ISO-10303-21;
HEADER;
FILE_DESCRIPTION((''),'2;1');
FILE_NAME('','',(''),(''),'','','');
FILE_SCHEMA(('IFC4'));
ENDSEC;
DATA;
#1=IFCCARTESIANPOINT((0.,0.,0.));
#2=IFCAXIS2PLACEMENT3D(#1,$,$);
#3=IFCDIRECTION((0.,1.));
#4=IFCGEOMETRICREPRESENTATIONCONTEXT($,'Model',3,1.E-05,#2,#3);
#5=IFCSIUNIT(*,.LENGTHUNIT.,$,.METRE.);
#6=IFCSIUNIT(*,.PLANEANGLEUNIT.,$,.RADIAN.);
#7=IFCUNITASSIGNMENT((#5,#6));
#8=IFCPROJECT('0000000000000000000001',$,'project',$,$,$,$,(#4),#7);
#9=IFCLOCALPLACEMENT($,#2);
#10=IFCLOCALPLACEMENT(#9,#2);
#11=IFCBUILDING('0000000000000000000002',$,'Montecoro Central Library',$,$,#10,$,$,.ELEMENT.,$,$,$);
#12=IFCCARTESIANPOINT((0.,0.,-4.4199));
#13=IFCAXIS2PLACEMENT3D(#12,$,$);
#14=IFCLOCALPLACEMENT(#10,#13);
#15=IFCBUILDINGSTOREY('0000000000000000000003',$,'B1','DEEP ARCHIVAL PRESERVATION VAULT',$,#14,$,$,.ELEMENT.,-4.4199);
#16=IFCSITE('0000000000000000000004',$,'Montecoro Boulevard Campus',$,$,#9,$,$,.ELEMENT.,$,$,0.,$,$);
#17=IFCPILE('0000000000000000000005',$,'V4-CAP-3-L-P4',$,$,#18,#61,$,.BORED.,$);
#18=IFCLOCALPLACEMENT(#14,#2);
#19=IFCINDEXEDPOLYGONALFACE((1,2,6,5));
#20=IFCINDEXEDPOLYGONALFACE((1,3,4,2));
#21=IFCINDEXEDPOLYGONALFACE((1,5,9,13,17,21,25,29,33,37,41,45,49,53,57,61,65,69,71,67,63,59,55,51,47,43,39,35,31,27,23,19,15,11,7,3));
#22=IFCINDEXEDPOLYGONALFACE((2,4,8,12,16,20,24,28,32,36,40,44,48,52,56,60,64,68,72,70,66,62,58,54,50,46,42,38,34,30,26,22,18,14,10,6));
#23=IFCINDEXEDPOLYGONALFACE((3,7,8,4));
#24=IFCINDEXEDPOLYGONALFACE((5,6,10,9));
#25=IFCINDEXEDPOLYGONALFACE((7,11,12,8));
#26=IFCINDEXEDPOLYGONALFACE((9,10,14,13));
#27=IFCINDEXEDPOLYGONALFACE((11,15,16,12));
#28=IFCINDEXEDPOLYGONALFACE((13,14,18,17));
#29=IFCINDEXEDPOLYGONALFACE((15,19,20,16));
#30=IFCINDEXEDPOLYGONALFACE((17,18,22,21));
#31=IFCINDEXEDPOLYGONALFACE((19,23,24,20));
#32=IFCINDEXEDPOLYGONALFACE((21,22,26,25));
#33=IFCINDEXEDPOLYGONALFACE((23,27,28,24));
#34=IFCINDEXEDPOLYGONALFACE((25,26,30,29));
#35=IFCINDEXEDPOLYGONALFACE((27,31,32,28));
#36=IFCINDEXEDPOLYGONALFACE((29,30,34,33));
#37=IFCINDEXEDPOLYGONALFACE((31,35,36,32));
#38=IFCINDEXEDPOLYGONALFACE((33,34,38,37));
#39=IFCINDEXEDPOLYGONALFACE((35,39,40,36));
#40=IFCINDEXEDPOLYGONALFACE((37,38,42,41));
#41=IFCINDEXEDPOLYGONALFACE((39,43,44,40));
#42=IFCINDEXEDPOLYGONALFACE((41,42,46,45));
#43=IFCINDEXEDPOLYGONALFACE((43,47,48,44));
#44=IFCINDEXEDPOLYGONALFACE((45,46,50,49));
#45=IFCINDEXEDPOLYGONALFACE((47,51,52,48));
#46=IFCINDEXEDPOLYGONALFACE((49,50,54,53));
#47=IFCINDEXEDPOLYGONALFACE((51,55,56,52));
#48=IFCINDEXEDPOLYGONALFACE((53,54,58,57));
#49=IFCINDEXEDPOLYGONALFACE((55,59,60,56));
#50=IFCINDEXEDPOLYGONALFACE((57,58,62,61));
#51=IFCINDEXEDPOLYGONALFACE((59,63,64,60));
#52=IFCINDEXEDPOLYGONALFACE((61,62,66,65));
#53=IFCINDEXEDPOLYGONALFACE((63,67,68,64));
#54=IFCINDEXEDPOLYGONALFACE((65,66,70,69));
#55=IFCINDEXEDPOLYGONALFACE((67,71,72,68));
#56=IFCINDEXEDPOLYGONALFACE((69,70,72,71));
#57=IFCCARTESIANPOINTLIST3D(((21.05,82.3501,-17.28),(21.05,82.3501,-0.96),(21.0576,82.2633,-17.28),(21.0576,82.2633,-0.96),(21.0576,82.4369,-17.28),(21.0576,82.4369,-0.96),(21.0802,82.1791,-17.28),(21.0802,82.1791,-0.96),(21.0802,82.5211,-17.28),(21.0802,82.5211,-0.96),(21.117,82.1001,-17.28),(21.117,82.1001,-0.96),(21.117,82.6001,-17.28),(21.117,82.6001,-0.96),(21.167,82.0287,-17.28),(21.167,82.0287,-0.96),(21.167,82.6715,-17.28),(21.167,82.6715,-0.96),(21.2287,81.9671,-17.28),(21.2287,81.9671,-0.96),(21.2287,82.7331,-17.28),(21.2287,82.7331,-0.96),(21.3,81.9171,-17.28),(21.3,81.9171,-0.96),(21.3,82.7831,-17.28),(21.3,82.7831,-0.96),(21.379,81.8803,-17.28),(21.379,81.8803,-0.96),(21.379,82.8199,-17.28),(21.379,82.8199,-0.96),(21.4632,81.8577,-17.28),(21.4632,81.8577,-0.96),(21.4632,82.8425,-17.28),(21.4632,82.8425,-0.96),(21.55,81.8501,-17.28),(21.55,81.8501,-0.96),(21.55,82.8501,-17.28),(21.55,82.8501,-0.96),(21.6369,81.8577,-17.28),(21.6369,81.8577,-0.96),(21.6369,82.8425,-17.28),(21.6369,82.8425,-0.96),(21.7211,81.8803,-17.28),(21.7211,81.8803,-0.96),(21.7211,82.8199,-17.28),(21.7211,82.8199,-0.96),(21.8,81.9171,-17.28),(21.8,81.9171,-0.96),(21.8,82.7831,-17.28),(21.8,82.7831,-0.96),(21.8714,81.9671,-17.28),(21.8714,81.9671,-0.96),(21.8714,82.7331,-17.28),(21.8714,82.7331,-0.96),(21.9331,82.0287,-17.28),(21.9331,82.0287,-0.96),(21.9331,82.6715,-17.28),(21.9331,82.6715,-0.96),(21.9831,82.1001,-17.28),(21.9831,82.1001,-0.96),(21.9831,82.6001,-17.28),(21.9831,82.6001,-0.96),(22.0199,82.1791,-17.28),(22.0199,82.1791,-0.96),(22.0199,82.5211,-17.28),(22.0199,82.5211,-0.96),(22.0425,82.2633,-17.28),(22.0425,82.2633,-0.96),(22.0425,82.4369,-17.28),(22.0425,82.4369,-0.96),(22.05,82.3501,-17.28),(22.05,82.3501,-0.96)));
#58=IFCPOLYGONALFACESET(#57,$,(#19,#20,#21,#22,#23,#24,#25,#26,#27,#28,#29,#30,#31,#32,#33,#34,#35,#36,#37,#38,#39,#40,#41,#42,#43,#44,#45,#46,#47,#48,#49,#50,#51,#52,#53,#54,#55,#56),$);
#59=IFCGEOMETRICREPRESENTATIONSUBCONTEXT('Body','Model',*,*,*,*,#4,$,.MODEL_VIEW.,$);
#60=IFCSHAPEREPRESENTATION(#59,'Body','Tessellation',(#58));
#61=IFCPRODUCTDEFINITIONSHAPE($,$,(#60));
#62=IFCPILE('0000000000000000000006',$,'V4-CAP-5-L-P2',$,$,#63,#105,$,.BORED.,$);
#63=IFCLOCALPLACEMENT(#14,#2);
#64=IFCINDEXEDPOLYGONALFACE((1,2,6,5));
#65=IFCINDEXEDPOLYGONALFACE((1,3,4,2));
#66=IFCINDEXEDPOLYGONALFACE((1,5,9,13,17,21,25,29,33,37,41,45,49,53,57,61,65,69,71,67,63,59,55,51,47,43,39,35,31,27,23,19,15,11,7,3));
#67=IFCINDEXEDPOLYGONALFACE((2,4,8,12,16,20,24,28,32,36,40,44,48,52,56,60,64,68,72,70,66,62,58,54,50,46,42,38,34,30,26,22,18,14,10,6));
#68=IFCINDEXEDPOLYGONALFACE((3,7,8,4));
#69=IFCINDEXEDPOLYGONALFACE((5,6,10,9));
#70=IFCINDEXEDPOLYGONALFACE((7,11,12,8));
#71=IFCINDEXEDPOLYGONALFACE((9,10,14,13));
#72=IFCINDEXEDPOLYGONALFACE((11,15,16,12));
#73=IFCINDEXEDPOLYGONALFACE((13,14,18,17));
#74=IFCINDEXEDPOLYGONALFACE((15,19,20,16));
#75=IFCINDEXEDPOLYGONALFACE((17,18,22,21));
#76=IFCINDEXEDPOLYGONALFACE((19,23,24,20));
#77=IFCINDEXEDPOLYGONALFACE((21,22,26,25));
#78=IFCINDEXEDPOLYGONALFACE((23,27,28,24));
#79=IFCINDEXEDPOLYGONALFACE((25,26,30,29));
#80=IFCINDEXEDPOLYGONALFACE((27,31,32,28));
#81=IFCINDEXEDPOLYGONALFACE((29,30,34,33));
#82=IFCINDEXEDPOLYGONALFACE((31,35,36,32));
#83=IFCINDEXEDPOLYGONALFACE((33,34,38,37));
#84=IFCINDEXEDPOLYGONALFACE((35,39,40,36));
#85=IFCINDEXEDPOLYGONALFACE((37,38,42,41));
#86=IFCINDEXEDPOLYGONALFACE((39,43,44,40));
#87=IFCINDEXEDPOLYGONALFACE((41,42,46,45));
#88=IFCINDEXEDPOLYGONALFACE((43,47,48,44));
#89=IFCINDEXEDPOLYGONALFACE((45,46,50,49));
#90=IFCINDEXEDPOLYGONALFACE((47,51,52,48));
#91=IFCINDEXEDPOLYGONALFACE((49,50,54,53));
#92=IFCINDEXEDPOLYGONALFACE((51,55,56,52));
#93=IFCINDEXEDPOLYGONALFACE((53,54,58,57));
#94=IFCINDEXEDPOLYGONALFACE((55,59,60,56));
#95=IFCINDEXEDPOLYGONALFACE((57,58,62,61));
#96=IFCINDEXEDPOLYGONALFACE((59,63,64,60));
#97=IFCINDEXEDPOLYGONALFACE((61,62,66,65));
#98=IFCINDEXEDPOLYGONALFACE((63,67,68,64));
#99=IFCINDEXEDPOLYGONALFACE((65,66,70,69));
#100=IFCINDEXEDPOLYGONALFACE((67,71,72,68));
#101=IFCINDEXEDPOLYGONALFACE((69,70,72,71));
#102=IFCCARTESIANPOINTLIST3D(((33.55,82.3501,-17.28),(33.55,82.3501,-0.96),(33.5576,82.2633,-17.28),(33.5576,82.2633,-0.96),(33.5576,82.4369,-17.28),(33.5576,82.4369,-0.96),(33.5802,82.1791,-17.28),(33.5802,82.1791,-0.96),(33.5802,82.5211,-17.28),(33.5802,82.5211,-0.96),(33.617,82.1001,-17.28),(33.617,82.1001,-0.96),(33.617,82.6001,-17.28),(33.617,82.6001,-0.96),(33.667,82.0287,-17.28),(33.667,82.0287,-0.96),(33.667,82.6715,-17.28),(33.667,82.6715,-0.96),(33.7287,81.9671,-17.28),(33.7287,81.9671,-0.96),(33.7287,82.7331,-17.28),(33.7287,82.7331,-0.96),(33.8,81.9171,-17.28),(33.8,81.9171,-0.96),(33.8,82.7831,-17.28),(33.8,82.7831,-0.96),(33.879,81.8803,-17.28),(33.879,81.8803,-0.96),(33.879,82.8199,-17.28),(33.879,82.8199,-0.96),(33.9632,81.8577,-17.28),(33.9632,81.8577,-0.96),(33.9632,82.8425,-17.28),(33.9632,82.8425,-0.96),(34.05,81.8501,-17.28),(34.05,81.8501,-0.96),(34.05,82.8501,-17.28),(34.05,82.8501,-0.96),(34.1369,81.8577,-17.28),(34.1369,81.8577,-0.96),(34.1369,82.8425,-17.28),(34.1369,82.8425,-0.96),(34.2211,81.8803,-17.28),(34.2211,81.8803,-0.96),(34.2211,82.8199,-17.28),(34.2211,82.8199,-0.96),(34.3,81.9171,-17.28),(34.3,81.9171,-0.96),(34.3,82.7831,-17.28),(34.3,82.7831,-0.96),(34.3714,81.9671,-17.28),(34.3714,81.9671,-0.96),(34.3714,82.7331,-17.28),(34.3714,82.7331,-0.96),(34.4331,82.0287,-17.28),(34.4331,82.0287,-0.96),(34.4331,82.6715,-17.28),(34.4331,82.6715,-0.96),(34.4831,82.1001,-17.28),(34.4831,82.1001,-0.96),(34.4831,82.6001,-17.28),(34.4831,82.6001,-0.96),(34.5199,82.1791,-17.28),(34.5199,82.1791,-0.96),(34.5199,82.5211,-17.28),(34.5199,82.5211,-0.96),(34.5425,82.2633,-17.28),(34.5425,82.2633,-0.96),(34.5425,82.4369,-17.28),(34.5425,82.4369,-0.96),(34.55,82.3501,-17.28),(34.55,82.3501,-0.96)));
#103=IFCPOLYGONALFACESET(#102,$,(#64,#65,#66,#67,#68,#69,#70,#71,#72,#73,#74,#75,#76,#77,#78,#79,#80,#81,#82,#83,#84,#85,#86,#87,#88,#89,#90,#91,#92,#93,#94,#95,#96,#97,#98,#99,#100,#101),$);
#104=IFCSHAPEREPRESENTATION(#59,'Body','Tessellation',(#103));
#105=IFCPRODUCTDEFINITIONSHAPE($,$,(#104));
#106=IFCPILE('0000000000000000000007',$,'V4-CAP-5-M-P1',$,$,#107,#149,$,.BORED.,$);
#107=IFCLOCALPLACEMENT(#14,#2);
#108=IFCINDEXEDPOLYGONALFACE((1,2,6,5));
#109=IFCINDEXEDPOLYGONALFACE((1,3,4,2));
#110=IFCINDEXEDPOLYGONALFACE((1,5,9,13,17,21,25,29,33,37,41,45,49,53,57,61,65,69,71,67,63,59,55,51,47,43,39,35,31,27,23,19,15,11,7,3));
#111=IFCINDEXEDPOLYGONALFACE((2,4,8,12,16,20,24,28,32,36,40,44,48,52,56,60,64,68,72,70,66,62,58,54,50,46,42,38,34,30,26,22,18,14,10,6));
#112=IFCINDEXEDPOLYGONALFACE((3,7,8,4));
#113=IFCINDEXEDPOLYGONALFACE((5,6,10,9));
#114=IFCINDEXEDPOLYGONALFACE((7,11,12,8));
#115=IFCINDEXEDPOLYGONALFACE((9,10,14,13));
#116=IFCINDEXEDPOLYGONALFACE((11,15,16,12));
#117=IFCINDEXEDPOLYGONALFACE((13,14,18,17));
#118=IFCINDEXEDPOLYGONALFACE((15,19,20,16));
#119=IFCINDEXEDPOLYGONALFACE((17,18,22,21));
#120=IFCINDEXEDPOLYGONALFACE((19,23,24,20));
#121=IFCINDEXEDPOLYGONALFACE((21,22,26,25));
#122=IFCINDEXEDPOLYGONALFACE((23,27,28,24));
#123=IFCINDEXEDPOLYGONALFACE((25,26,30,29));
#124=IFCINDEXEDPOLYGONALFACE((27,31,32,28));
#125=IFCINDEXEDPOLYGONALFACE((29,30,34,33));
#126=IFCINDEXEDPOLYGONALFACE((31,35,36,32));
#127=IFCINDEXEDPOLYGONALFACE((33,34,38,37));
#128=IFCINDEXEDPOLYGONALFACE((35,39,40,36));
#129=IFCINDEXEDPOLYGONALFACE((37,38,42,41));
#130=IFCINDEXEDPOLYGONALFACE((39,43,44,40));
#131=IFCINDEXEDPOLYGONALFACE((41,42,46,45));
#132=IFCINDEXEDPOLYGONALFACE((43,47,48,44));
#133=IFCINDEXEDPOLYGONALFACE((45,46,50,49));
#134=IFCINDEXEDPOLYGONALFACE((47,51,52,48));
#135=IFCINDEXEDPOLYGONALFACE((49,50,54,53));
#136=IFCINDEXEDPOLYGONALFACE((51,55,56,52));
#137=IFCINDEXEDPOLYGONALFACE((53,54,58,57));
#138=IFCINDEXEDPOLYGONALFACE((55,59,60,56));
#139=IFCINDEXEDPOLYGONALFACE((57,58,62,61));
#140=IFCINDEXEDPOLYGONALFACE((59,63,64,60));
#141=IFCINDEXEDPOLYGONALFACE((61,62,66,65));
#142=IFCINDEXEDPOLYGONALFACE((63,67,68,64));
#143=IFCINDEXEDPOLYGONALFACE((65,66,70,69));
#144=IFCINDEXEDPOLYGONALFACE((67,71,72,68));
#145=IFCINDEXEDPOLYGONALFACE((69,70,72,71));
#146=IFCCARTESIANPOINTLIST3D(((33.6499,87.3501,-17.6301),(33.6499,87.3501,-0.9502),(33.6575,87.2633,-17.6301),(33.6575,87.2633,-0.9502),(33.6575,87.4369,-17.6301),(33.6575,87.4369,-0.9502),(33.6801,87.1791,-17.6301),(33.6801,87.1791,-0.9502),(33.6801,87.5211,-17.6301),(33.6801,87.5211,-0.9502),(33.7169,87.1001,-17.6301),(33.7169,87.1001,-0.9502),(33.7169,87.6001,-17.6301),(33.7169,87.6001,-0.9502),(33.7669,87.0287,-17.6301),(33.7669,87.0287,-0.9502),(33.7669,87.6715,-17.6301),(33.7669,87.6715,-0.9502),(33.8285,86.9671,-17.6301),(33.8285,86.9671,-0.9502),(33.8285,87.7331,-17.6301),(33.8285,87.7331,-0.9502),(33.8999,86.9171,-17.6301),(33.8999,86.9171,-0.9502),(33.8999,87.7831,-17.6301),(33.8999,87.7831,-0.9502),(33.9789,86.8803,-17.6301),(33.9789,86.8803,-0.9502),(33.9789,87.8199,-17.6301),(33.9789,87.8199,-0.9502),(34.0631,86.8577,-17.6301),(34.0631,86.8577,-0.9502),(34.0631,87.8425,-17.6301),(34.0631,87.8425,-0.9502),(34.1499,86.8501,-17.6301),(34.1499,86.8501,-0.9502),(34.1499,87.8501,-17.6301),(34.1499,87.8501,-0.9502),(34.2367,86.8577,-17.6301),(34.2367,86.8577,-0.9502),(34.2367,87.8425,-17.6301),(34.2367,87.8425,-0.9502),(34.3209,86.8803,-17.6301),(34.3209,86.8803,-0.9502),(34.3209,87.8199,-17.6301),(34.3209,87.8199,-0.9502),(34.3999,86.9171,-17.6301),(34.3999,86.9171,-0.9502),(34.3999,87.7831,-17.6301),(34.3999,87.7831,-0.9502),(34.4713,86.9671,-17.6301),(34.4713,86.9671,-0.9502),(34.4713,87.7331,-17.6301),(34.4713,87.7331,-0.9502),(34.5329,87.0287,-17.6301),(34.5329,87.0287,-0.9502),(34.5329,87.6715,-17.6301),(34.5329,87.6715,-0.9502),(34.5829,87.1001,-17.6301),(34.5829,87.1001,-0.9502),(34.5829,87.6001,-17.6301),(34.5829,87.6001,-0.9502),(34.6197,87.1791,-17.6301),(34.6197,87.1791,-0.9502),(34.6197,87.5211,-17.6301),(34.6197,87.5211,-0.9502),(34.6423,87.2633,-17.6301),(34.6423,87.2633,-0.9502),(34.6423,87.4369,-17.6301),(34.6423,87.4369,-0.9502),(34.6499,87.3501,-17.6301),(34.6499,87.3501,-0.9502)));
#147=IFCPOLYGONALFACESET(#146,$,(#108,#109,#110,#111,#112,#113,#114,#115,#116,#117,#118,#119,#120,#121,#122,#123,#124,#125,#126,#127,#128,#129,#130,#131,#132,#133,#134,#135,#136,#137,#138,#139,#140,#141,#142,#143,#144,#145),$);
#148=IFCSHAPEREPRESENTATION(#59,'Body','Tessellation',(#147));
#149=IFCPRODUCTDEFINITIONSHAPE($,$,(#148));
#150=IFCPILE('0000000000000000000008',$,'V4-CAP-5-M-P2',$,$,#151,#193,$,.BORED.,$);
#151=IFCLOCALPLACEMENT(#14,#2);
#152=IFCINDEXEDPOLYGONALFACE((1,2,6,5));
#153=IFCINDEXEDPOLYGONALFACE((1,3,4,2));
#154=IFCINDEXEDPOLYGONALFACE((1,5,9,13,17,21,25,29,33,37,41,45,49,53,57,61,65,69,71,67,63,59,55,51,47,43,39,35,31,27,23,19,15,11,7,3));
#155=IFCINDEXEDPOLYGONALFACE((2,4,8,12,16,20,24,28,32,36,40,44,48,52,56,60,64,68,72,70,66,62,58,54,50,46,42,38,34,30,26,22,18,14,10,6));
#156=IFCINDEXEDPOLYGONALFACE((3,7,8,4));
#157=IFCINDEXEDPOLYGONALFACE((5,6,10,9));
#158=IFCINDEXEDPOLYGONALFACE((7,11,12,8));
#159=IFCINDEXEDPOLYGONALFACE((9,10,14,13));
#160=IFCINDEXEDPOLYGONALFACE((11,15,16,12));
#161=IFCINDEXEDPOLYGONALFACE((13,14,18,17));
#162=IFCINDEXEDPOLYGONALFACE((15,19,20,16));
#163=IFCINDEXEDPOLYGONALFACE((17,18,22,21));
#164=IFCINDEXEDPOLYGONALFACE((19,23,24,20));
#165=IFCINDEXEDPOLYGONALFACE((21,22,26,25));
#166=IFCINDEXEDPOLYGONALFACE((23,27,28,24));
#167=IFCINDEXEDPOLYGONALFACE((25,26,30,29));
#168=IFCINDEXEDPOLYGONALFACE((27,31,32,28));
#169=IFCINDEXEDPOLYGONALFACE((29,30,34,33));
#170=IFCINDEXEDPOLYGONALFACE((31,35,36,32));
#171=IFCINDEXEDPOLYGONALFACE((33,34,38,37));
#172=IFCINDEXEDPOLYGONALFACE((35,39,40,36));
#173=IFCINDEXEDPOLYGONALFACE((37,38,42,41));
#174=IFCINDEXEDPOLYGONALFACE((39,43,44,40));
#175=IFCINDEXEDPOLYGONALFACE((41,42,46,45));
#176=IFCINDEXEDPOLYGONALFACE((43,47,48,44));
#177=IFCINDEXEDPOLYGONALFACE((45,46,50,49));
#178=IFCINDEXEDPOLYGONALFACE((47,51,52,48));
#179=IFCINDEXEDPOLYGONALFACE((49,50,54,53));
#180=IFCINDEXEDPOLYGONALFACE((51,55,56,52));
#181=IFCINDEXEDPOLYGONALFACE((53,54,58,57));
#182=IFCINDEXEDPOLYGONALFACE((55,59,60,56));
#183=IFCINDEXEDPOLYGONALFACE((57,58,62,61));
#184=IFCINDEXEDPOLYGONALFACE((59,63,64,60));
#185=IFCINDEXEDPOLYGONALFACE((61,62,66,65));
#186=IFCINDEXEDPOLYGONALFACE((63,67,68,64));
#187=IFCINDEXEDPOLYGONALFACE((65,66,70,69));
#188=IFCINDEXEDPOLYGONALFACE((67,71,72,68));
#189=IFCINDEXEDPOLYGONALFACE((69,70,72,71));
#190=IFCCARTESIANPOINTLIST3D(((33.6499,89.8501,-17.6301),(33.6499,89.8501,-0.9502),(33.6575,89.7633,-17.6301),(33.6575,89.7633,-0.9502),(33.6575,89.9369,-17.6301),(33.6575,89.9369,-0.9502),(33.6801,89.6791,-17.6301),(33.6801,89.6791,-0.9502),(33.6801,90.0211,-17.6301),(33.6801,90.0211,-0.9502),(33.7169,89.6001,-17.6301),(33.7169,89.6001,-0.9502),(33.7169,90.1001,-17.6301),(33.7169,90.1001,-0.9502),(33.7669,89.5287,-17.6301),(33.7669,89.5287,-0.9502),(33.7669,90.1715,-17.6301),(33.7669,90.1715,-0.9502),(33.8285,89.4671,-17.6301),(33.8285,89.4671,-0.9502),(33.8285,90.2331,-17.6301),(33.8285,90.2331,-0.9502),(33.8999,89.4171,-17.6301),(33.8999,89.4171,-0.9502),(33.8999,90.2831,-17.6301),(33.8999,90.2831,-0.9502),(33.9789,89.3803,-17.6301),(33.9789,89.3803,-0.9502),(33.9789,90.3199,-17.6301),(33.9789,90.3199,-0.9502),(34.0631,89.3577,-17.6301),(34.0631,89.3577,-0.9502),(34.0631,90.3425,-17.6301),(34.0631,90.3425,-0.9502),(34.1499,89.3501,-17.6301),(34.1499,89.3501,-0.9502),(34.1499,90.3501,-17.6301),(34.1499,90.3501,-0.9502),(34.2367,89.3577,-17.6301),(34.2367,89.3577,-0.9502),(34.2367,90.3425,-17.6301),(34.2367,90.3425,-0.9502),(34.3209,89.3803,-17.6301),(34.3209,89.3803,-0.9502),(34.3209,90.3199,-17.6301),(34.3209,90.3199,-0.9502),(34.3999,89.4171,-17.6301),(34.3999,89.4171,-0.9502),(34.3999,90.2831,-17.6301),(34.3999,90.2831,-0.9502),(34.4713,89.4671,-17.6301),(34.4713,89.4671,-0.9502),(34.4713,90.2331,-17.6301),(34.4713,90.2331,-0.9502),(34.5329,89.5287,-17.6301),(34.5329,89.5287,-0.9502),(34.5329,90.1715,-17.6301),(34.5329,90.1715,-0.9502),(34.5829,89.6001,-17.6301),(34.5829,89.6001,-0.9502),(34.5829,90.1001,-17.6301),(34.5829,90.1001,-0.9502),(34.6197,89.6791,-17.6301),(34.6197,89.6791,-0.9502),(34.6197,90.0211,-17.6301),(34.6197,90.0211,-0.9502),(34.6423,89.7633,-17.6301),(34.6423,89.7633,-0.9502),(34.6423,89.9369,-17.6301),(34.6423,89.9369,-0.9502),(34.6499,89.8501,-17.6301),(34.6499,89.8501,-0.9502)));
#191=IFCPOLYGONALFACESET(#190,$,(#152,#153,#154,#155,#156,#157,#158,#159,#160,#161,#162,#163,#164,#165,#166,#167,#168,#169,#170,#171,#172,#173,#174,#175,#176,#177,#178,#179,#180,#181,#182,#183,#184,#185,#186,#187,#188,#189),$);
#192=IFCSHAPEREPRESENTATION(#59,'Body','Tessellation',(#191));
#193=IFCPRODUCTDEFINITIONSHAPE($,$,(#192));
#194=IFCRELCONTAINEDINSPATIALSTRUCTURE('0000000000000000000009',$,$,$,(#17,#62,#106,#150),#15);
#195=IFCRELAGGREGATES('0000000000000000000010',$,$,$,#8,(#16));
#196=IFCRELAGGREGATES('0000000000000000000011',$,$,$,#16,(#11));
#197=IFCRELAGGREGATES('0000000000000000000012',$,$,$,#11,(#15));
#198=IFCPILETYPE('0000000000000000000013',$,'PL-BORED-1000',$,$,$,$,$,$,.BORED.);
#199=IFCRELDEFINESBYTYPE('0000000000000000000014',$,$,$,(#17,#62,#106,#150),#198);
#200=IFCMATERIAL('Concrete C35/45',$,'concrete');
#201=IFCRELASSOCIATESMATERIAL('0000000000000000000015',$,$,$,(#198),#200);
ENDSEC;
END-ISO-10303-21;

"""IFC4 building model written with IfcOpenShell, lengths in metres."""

from ifc_helpers import new_model, si_unit, direction, frame, origin, origin_2d, place, context, subcontext, project, spatial, circle, extrude, material, material_profile, profile_set, type_object, element, save


model = new_model("IFC4")

# Units and contexts
model_context = context("Model", 3, precision=1e-05, world=origin(), true_north=direction((0.0, 1.0)))
body_context = subcontext(model_context, "Body", "Model", "MODEL_VIEW")
ifc_project = project(units=[si_unit("LENGTHUNIT", "METRE"), si_unit("PLANEANGLEUNIT", "RADIAN")], contexts=[model_context])

# Site, building, storey
site_placement = place(None, origin())
site = spatial("IfcSite", under=ifc_project, at=site_placement, Name="Montecoro Boulevard Campus", CompositionType="ELEMENT", RefElevation=0.0)
building_placement = place(site_placement, origin())
building = spatial("IfcBuilding", under=site, at=building_placement, Name="Montecoro Central Library", CompositionType="ELEMENT")
storey_placement = place(building_placement, frame((0.0, 0.0, -4.4199)))
storey = spatial("IfcBuildingStorey", under=building, at=storey_placement, Name="B1", Description="DEEP ARCHIVAL PRESERVATION VAULT", CompositionType="ELEMENT", Elevation=-4.4199)

# Shared definitions
ifc_material_1 = material(Name="Concrete C35/45", Category="concrete")

# Piles
ifc_material_profile_1 = material_profile(ifc_material_1, circle(Radius=0.5, at=origin_2d()), Name="PILE D1000")
ifc_profile_set_1 = profile_set([ifc_material_profile_1], Name="Concrete C35/45")
pile_type_1 = type_object("IfcPileType", Name="PL-BORED-1000", PredefinedType="BORED", material=ifc_profile_set_1)
for number, where, z_axis, x_axis, name in (
    (1, (21.55, 82.3501, -0.96), (0.0, 0.0, -1.0), (1.0, 0.0, 0.0), "V4-CAP-3-L-P4"),
    (2, (34.05, 82.3501, -0.96), (0.0, 0.0, -1.0), (1.0, 0.0, 0.0), "V4-CAP-5-L-P2"),
):
    element("IfcPile", number, at=place(storey_placement, frame(where, z_axis=z_axis, x_axis=x_axis)), inside=storey, type_object=pile_type_1, Name=name, PredefinedType="BORED", context=body_context, shape_type="SweptSolid", body=[
        extrude(circle(Radius=0.5, at=origin_2d()), origin(), (0.0, 0.0, 1.0), 16.3201),
    ])
for number, where, z_axis, x_axis, name in (
    (3, (34.1499, 87.3501, -0.9502), (0.0, 0.0, -1.0), (1.0, 0.0, 0.0), "V4-CAP-5-M-P1"),
    (4, (34.1499, 89.8501, -0.9502), (0.0, 0.0, -1.0), (1.0, 0.0, 0.0), "V4-CAP-5-M-P2"),
):
    element("IfcPile", number, at=place(storey_placement, frame(where, z_axis=z_axis, x_axis=x_axis)), inside=storey, type_object=pile_type_1, Name=name, PredefinedType="BORED", context=body_context, shape_type="SweptSolid", body=[
        extrude(circle(Radius=0.5, at=origin_2d()), origin(), (0.0, 0.0, 1.0), 16.6799),
    ])

save(model, "model.ifc")
